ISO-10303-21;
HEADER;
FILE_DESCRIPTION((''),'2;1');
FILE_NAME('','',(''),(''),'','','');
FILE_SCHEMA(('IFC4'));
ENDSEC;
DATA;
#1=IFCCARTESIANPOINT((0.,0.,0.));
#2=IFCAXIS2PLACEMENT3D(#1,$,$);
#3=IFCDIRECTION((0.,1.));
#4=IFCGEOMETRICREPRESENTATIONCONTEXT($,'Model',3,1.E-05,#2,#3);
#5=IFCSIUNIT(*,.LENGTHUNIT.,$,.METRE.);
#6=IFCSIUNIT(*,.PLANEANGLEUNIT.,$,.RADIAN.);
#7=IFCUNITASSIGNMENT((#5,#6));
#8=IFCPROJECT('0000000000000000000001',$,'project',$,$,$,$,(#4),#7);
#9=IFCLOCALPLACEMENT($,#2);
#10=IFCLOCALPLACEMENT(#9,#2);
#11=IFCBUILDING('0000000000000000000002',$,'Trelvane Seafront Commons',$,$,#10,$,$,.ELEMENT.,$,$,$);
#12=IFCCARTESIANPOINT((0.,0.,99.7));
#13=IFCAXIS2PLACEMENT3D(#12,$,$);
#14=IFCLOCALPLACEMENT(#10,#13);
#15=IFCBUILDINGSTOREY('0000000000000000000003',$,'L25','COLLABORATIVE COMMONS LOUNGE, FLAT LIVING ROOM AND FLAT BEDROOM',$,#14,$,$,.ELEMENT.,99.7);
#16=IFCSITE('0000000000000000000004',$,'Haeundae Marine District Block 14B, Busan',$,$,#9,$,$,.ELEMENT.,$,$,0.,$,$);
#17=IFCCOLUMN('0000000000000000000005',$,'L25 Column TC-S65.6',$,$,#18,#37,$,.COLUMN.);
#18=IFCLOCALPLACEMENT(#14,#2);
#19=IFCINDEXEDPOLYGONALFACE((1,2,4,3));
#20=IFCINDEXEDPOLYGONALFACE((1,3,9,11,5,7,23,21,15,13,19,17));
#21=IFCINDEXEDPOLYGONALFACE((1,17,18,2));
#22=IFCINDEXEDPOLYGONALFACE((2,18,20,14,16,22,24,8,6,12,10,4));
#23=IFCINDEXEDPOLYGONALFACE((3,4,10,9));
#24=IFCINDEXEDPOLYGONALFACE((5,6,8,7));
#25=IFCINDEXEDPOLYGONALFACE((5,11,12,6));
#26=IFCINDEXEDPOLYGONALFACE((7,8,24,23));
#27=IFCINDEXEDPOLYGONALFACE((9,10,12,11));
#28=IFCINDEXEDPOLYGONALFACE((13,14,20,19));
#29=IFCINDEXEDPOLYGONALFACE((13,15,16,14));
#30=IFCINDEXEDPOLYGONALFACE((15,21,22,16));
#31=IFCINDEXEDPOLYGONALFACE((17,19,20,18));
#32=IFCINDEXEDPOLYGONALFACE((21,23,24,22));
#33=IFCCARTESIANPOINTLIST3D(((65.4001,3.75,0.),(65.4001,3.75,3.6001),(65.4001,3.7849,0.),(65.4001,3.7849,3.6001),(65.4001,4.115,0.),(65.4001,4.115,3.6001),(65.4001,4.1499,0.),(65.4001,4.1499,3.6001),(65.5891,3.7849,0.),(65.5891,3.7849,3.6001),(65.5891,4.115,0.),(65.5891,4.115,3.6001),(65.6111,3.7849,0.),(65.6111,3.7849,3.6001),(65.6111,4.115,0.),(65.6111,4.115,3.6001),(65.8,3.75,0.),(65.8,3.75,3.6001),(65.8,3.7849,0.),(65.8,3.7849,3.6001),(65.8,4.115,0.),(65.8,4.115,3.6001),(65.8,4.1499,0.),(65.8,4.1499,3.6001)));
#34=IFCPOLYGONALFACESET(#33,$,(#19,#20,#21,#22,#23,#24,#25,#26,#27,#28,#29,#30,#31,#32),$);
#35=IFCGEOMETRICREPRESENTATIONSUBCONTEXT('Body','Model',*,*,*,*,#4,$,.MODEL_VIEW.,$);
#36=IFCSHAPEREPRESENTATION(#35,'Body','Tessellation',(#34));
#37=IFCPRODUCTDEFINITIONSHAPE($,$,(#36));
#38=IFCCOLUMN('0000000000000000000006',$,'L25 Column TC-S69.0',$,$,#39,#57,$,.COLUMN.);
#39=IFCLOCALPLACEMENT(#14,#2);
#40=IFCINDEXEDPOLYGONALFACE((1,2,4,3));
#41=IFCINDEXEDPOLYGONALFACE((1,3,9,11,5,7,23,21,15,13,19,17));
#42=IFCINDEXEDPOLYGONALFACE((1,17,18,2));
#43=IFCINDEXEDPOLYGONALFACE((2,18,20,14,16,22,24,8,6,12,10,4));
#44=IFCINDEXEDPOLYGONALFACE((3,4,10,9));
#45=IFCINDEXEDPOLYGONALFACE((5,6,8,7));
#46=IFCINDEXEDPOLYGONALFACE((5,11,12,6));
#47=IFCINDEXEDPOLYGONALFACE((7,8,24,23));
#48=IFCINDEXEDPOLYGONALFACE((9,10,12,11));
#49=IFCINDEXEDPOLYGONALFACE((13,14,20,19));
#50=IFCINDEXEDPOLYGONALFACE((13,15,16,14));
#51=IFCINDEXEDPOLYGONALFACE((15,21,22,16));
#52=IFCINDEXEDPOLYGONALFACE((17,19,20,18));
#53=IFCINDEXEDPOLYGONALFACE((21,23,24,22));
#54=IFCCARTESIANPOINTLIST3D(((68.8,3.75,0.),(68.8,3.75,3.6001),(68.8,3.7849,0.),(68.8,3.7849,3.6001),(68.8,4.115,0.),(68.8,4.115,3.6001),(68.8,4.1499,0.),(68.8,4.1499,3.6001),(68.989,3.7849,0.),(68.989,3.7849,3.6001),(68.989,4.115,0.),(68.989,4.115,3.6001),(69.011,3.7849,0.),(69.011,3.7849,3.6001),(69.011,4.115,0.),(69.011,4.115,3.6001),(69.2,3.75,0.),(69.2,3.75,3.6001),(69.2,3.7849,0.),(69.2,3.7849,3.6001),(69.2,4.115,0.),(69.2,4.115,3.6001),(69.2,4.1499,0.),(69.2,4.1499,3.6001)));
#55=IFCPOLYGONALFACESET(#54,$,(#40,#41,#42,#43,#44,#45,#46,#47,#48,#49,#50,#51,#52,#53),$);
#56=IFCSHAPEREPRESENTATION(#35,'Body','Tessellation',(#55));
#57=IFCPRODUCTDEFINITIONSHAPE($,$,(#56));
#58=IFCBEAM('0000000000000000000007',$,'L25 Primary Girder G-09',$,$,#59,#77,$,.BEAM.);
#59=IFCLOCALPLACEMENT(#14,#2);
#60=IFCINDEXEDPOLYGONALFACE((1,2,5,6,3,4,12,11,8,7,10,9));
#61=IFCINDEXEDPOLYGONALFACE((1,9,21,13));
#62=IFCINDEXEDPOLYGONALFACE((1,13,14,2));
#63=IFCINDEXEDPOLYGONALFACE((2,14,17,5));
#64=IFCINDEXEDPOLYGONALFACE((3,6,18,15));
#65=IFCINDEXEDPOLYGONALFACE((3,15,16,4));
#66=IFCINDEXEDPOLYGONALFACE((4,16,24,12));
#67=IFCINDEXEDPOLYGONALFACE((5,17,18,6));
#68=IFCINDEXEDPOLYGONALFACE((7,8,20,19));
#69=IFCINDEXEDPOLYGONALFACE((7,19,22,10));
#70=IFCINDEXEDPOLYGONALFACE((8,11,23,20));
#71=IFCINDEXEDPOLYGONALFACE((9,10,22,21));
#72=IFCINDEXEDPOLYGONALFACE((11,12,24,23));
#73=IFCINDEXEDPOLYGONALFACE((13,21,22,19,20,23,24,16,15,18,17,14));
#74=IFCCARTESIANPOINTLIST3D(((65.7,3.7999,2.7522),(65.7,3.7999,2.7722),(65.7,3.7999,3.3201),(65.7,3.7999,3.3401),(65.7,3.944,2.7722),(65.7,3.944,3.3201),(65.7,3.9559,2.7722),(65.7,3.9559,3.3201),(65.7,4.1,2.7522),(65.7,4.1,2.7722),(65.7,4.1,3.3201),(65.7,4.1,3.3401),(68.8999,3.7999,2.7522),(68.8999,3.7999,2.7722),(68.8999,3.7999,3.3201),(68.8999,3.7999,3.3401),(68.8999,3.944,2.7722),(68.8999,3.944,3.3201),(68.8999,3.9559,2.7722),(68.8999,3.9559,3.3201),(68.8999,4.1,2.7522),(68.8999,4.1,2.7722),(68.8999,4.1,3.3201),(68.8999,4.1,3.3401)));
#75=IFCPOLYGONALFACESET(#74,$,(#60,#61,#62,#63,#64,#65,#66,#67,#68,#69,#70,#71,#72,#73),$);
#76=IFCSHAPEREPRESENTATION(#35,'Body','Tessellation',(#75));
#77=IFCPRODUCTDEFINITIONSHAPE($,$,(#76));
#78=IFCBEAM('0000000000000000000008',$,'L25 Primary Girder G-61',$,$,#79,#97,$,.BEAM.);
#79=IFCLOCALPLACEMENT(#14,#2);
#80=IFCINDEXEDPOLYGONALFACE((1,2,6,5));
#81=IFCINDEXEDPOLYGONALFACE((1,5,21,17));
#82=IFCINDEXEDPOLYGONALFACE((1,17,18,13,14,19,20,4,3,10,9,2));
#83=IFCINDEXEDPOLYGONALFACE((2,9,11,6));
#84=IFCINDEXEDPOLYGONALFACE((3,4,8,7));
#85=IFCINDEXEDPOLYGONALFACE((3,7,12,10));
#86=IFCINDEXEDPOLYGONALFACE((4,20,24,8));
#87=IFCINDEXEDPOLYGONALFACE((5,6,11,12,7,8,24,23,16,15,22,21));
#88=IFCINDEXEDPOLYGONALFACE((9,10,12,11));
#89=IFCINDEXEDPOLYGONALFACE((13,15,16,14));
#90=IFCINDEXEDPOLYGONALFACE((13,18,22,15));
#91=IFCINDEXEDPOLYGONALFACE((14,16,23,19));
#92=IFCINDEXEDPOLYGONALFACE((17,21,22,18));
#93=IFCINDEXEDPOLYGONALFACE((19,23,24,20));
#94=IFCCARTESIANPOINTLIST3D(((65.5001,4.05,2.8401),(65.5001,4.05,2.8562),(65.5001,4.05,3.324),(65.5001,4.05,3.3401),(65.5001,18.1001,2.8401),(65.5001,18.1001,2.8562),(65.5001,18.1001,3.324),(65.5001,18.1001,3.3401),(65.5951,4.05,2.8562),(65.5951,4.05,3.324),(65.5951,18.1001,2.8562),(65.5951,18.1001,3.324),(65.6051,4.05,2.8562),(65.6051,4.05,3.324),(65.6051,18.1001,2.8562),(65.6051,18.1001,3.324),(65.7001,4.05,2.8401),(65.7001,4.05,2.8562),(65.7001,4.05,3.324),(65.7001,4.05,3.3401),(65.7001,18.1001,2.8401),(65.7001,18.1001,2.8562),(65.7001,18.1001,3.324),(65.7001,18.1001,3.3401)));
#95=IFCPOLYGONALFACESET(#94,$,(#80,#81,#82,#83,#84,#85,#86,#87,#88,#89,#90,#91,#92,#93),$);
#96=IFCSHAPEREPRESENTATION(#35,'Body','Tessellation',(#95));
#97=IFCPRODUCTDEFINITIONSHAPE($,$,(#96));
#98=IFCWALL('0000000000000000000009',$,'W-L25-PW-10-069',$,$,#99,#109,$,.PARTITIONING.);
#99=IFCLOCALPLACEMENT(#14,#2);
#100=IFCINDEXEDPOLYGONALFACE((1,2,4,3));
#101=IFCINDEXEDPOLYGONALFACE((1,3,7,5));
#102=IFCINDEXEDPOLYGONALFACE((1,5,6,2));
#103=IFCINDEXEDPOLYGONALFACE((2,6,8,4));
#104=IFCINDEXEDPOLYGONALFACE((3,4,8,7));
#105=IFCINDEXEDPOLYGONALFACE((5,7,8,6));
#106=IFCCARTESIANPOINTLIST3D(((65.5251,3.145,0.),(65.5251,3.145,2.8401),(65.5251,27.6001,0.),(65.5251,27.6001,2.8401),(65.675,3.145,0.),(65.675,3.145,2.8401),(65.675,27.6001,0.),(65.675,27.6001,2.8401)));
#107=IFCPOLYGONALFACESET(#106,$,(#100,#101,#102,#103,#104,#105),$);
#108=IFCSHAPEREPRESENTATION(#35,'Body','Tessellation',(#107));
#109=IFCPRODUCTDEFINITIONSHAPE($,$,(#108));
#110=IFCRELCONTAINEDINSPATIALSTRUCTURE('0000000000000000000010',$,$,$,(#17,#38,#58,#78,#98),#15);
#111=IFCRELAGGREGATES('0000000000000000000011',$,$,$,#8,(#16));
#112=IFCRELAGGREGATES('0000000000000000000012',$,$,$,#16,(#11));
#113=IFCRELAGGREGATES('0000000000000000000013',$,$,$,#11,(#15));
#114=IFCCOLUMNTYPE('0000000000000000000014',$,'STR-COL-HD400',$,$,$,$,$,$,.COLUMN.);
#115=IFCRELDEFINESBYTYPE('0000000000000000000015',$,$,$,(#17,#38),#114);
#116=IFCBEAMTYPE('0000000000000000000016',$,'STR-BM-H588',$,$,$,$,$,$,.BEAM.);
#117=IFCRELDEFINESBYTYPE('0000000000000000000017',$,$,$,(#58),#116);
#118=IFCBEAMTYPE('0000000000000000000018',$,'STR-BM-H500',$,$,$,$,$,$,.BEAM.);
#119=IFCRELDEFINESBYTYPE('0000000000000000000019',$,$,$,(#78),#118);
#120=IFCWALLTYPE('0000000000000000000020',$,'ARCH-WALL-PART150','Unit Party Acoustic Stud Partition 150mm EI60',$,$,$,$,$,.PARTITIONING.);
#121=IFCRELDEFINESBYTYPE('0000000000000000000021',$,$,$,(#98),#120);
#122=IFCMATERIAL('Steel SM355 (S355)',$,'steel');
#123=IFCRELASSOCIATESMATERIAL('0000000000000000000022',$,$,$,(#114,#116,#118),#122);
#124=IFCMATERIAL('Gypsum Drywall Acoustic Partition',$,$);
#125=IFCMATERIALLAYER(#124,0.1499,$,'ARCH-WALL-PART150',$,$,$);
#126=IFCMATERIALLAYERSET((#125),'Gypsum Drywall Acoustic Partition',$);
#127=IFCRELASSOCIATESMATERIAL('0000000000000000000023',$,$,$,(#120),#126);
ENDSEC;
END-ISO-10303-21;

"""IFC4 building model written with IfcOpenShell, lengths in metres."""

from ifc_helpers import new_model, si_unit, direction, frame, frame_2d, origin, origin_2d, place, context, subcontext, project, spatial, rectangle, i_section, extrude, source, transform, mapped, material, layer, layer_set, material_profile, profile_set, type_object, element, save


model = new_model("IFC4")

# Units and contexts
model_context = context("Model", 3, precision=1e-05, world=origin(), true_north=direction((0.0, 1.0)))
body_context = subcontext(model_context, "Body", "Model", "MODEL_VIEW")
ifc_project = project(units=[si_unit("LENGTHUNIT", "METRE"), si_unit("PLANEANGLEUNIT", "RADIAN")], contexts=[model_context])

# Site, building, storey
site_placement = place(None, origin())
site = spatial("IfcSite", under=ifc_project, at=site_placement, Name="Haeundae Marine District Block 14B, Busan", CompositionType="ELEMENT", RefElevation=0.0)
building_placement = place(site_placement, origin())
building = spatial("IfcBuilding", under=site, at=building_placement, Name="Trelvane Seafront Commons", CompositionType="ELEMENT")
storey_placement = place(building_placement, frame((0.0, 0.0, 99.7)))
storey = spatial("IfcBuildingStorey", under=building, at=storey_placement, Name="L25", Description="COLLABORATIVE COMMONS LOUNGE, FLAT LIVING ROOM AND FLAT BEDROOM", CompositionType="ELEMENT", Elevation=99.7)

# Columns
ifc_material_1 = material(Name="Steel SM355 (S355)", Category="steel")
ifc_material_profile_1 = material_profile(ifc_material_1, i_section(OverallWidth=0.3999, OverallDepth=0.3999, WebThickness=0.022, FlangeThickness=0.0349, at=origin_2d()), Name="HD-400x400x22x35")
ifc_profile_set_1 = profile_set([ifc_material_profile_1], Name="Steel SM355 (S355)")
column_type = type_object("IfcColumnType", Name="STR-COL-HD400", PredefinedType="COLUMN", material=ifc_profile_set_1)
shared_shape_1 = source(origin(), body_context, "Body", "SweptSolid", [
    extrude(i_section(OverallWidth=0.3999, OverallDepth=0.3999, WebThickness=0.022, FlangeThickness=0.0349, at=origin_2d()), origin(), (0.0, 0.0, 1.0), 3.6001),
])
for number, where, z_axis, x_axis, name in (
    (1, (65.6001, 3.95, 0.0), (0.0, 0.0, 1.0), (1.0, 0.0, 0.0), "L25 Column TC-S65.6"),
    (2, (69.0, 3.95, 0.0), (0.0, 0.0, 1.0), (1.0, 0.0, 0.0), "L25 Column TC-S69.0"),
):
    element("IfcColumn", number, at=place(storey_placement, frame(where, z_axis=z_axis, x_axis=x_axis)), inside=storey, type_object=column_type, Name=name, PredefinedType="COLUMN", context=body_context, shape_type="MappedRepresentation", body=[
        mapped(shared_shape_1, transform((0.0, 0.0, 0.0), x_axis=(1.0, 0.0, 0.0), y_axis=(0.0, 1.0, 0.0), z_axis=(0.0, 0.0, 1.0), scale=1.0)),
    ])

# Beams
ifc_material_profile_2 = material_profile(ifc_material_1, i_section(OverallWidth=0.3, OverallDepth=0.5879, WebThickness=0.012, FlangeThickness=0.02, at=origin_2d()), Name="H-588x300x12x20")
ifc_profile_set_2 = profile_set([ifc_material_profile_2], Name="Steel SM355 (S355)")
beam_type_1 = type_object("IfcBeamType", Name="STR-BM-H588", PredefinedType="BEAM", material=ifc_profile_set_2)
shared_shape_2 = source(origin(), body_context, "Body", "SweptSolid", [
    extrude(i_section(OverallWidth=0.3, OverallDepth=0.5879, WebThickness=0.012, FlangeThickness=0.02, at=origin_2d()), origin(), (0.0, 0.0, 1.0), 3.2),
])
beam_1_placement = place(storey_placement, frame((65.7, 3.95, 3.0461), z_axis=(1.0, 0.0, 0.0), x_axis=(0.0, 1.0, 0.0)))
element("IfcBeam", 3, at=beam_1_placement, inside=storey, type_object=beam_type_1, Name="L25 Primary Girder G-09", PredefinedType="BEAM", context=body_context, shape_type="MappedRepresentation", body=[
    mapped(shared_shape_2, transform((0.0, 0.0, 0.0), x_axis=(1.0, 0.0, 0.0), y_axis=(0.0, 1.0, 0.0), z_axis=(0.0, 0.0, 1.0), scale=1.0)),
])
ifc_material_profile_3 = material_profile(ifc_material_1, i_section(OverallWidth=0.2, OverallDepth=0.5, WebThickness=0.01, FlangeThickness=0.0161, at=origin_2d()), Name="H-500x200x10x16")
ifc_profile_set_3 = profile_set([ifc_material_profile_3], Name="Steel SM355 (S355)")
beam_type_2 = type_object("IfcBeamType", Name="STR-BM-H500", PredefinedType="BEAM", material=ifc_profile_set_3)
shared_shape_3 = source(origin(), body_context, "Body", "SweptSolid", [
    extrude(i_section(OverallWidth=0.2, OverallDepth=0.5, WebThickness=0.01, FlangeThickness=0.0161, at=origin_2d()), origin(), (0.0, 0.0, 1.0), 14.05),
])
beam_2_placement = place(storey_placement, frame((65.6001, 4.05, 3.0901), z_axis=(0.0, 1.0, 0.0), x_axis=(-1.0, 0.0, 0.0)))
element("IfcBeam", 4, at=beam_2_placement, inside=storey, type_object=beam_type_2, Name="L25 Primary Girder G-61", PredefinedType="BEAM", context=body_context, shape_type="MappedRepresentation", body=[
    mapped(shared_shape_3, transform((0.0, 0.0, 0.0), x_axis=(1.0, 0.0, 0.0), y_axis=(0.0, 1.0, 0.0), z_axis=(0.0, 0.0, 1.0), scale=1.0)),
])

# Wall
ifc_material_2 = material(Name="Gypsum Drywall Acoustic Partition")
ifc_layer_1 = layer(ifc_material_2, 0.1499, Name="ARCH-WALL-PART150")
ifc_layer_set_1 = layer_set([ifc_layer_1], Name="Gypsum Drywall Acoustic Partition")
wall_type_1 = type_object("IfcWallType", Name="ARCH-WALL-PART150", Description="Unit Party Acoustic Stud Partition 150mm EI60", PredefinedType="PARTITIONING", material=ifc_layer_set_1)
wall_1_placement = place(storey_placement, frame((65.6001, 3.145, 0.0), z_axis=(0.0, 0.0, 1.0), x_axis=(0.0, 1.0, 0.0)))
element("IfcWall", 5, at=wall_1_placement, inside=storey, type_object=wall_type_1, Name="W-L25-PW-10-069", PredefinedType="PARTITIONING", context=body_context, shape_type="SweptSolid", body=[
    extrude(rectangle(XDim=24.4551, YDim=0.1499, at=frame_2d((12.2275, 0.0))), origin(), (0.0, 0.0, 1.0), 2.8401),
])

save(model, "model.ifc")
